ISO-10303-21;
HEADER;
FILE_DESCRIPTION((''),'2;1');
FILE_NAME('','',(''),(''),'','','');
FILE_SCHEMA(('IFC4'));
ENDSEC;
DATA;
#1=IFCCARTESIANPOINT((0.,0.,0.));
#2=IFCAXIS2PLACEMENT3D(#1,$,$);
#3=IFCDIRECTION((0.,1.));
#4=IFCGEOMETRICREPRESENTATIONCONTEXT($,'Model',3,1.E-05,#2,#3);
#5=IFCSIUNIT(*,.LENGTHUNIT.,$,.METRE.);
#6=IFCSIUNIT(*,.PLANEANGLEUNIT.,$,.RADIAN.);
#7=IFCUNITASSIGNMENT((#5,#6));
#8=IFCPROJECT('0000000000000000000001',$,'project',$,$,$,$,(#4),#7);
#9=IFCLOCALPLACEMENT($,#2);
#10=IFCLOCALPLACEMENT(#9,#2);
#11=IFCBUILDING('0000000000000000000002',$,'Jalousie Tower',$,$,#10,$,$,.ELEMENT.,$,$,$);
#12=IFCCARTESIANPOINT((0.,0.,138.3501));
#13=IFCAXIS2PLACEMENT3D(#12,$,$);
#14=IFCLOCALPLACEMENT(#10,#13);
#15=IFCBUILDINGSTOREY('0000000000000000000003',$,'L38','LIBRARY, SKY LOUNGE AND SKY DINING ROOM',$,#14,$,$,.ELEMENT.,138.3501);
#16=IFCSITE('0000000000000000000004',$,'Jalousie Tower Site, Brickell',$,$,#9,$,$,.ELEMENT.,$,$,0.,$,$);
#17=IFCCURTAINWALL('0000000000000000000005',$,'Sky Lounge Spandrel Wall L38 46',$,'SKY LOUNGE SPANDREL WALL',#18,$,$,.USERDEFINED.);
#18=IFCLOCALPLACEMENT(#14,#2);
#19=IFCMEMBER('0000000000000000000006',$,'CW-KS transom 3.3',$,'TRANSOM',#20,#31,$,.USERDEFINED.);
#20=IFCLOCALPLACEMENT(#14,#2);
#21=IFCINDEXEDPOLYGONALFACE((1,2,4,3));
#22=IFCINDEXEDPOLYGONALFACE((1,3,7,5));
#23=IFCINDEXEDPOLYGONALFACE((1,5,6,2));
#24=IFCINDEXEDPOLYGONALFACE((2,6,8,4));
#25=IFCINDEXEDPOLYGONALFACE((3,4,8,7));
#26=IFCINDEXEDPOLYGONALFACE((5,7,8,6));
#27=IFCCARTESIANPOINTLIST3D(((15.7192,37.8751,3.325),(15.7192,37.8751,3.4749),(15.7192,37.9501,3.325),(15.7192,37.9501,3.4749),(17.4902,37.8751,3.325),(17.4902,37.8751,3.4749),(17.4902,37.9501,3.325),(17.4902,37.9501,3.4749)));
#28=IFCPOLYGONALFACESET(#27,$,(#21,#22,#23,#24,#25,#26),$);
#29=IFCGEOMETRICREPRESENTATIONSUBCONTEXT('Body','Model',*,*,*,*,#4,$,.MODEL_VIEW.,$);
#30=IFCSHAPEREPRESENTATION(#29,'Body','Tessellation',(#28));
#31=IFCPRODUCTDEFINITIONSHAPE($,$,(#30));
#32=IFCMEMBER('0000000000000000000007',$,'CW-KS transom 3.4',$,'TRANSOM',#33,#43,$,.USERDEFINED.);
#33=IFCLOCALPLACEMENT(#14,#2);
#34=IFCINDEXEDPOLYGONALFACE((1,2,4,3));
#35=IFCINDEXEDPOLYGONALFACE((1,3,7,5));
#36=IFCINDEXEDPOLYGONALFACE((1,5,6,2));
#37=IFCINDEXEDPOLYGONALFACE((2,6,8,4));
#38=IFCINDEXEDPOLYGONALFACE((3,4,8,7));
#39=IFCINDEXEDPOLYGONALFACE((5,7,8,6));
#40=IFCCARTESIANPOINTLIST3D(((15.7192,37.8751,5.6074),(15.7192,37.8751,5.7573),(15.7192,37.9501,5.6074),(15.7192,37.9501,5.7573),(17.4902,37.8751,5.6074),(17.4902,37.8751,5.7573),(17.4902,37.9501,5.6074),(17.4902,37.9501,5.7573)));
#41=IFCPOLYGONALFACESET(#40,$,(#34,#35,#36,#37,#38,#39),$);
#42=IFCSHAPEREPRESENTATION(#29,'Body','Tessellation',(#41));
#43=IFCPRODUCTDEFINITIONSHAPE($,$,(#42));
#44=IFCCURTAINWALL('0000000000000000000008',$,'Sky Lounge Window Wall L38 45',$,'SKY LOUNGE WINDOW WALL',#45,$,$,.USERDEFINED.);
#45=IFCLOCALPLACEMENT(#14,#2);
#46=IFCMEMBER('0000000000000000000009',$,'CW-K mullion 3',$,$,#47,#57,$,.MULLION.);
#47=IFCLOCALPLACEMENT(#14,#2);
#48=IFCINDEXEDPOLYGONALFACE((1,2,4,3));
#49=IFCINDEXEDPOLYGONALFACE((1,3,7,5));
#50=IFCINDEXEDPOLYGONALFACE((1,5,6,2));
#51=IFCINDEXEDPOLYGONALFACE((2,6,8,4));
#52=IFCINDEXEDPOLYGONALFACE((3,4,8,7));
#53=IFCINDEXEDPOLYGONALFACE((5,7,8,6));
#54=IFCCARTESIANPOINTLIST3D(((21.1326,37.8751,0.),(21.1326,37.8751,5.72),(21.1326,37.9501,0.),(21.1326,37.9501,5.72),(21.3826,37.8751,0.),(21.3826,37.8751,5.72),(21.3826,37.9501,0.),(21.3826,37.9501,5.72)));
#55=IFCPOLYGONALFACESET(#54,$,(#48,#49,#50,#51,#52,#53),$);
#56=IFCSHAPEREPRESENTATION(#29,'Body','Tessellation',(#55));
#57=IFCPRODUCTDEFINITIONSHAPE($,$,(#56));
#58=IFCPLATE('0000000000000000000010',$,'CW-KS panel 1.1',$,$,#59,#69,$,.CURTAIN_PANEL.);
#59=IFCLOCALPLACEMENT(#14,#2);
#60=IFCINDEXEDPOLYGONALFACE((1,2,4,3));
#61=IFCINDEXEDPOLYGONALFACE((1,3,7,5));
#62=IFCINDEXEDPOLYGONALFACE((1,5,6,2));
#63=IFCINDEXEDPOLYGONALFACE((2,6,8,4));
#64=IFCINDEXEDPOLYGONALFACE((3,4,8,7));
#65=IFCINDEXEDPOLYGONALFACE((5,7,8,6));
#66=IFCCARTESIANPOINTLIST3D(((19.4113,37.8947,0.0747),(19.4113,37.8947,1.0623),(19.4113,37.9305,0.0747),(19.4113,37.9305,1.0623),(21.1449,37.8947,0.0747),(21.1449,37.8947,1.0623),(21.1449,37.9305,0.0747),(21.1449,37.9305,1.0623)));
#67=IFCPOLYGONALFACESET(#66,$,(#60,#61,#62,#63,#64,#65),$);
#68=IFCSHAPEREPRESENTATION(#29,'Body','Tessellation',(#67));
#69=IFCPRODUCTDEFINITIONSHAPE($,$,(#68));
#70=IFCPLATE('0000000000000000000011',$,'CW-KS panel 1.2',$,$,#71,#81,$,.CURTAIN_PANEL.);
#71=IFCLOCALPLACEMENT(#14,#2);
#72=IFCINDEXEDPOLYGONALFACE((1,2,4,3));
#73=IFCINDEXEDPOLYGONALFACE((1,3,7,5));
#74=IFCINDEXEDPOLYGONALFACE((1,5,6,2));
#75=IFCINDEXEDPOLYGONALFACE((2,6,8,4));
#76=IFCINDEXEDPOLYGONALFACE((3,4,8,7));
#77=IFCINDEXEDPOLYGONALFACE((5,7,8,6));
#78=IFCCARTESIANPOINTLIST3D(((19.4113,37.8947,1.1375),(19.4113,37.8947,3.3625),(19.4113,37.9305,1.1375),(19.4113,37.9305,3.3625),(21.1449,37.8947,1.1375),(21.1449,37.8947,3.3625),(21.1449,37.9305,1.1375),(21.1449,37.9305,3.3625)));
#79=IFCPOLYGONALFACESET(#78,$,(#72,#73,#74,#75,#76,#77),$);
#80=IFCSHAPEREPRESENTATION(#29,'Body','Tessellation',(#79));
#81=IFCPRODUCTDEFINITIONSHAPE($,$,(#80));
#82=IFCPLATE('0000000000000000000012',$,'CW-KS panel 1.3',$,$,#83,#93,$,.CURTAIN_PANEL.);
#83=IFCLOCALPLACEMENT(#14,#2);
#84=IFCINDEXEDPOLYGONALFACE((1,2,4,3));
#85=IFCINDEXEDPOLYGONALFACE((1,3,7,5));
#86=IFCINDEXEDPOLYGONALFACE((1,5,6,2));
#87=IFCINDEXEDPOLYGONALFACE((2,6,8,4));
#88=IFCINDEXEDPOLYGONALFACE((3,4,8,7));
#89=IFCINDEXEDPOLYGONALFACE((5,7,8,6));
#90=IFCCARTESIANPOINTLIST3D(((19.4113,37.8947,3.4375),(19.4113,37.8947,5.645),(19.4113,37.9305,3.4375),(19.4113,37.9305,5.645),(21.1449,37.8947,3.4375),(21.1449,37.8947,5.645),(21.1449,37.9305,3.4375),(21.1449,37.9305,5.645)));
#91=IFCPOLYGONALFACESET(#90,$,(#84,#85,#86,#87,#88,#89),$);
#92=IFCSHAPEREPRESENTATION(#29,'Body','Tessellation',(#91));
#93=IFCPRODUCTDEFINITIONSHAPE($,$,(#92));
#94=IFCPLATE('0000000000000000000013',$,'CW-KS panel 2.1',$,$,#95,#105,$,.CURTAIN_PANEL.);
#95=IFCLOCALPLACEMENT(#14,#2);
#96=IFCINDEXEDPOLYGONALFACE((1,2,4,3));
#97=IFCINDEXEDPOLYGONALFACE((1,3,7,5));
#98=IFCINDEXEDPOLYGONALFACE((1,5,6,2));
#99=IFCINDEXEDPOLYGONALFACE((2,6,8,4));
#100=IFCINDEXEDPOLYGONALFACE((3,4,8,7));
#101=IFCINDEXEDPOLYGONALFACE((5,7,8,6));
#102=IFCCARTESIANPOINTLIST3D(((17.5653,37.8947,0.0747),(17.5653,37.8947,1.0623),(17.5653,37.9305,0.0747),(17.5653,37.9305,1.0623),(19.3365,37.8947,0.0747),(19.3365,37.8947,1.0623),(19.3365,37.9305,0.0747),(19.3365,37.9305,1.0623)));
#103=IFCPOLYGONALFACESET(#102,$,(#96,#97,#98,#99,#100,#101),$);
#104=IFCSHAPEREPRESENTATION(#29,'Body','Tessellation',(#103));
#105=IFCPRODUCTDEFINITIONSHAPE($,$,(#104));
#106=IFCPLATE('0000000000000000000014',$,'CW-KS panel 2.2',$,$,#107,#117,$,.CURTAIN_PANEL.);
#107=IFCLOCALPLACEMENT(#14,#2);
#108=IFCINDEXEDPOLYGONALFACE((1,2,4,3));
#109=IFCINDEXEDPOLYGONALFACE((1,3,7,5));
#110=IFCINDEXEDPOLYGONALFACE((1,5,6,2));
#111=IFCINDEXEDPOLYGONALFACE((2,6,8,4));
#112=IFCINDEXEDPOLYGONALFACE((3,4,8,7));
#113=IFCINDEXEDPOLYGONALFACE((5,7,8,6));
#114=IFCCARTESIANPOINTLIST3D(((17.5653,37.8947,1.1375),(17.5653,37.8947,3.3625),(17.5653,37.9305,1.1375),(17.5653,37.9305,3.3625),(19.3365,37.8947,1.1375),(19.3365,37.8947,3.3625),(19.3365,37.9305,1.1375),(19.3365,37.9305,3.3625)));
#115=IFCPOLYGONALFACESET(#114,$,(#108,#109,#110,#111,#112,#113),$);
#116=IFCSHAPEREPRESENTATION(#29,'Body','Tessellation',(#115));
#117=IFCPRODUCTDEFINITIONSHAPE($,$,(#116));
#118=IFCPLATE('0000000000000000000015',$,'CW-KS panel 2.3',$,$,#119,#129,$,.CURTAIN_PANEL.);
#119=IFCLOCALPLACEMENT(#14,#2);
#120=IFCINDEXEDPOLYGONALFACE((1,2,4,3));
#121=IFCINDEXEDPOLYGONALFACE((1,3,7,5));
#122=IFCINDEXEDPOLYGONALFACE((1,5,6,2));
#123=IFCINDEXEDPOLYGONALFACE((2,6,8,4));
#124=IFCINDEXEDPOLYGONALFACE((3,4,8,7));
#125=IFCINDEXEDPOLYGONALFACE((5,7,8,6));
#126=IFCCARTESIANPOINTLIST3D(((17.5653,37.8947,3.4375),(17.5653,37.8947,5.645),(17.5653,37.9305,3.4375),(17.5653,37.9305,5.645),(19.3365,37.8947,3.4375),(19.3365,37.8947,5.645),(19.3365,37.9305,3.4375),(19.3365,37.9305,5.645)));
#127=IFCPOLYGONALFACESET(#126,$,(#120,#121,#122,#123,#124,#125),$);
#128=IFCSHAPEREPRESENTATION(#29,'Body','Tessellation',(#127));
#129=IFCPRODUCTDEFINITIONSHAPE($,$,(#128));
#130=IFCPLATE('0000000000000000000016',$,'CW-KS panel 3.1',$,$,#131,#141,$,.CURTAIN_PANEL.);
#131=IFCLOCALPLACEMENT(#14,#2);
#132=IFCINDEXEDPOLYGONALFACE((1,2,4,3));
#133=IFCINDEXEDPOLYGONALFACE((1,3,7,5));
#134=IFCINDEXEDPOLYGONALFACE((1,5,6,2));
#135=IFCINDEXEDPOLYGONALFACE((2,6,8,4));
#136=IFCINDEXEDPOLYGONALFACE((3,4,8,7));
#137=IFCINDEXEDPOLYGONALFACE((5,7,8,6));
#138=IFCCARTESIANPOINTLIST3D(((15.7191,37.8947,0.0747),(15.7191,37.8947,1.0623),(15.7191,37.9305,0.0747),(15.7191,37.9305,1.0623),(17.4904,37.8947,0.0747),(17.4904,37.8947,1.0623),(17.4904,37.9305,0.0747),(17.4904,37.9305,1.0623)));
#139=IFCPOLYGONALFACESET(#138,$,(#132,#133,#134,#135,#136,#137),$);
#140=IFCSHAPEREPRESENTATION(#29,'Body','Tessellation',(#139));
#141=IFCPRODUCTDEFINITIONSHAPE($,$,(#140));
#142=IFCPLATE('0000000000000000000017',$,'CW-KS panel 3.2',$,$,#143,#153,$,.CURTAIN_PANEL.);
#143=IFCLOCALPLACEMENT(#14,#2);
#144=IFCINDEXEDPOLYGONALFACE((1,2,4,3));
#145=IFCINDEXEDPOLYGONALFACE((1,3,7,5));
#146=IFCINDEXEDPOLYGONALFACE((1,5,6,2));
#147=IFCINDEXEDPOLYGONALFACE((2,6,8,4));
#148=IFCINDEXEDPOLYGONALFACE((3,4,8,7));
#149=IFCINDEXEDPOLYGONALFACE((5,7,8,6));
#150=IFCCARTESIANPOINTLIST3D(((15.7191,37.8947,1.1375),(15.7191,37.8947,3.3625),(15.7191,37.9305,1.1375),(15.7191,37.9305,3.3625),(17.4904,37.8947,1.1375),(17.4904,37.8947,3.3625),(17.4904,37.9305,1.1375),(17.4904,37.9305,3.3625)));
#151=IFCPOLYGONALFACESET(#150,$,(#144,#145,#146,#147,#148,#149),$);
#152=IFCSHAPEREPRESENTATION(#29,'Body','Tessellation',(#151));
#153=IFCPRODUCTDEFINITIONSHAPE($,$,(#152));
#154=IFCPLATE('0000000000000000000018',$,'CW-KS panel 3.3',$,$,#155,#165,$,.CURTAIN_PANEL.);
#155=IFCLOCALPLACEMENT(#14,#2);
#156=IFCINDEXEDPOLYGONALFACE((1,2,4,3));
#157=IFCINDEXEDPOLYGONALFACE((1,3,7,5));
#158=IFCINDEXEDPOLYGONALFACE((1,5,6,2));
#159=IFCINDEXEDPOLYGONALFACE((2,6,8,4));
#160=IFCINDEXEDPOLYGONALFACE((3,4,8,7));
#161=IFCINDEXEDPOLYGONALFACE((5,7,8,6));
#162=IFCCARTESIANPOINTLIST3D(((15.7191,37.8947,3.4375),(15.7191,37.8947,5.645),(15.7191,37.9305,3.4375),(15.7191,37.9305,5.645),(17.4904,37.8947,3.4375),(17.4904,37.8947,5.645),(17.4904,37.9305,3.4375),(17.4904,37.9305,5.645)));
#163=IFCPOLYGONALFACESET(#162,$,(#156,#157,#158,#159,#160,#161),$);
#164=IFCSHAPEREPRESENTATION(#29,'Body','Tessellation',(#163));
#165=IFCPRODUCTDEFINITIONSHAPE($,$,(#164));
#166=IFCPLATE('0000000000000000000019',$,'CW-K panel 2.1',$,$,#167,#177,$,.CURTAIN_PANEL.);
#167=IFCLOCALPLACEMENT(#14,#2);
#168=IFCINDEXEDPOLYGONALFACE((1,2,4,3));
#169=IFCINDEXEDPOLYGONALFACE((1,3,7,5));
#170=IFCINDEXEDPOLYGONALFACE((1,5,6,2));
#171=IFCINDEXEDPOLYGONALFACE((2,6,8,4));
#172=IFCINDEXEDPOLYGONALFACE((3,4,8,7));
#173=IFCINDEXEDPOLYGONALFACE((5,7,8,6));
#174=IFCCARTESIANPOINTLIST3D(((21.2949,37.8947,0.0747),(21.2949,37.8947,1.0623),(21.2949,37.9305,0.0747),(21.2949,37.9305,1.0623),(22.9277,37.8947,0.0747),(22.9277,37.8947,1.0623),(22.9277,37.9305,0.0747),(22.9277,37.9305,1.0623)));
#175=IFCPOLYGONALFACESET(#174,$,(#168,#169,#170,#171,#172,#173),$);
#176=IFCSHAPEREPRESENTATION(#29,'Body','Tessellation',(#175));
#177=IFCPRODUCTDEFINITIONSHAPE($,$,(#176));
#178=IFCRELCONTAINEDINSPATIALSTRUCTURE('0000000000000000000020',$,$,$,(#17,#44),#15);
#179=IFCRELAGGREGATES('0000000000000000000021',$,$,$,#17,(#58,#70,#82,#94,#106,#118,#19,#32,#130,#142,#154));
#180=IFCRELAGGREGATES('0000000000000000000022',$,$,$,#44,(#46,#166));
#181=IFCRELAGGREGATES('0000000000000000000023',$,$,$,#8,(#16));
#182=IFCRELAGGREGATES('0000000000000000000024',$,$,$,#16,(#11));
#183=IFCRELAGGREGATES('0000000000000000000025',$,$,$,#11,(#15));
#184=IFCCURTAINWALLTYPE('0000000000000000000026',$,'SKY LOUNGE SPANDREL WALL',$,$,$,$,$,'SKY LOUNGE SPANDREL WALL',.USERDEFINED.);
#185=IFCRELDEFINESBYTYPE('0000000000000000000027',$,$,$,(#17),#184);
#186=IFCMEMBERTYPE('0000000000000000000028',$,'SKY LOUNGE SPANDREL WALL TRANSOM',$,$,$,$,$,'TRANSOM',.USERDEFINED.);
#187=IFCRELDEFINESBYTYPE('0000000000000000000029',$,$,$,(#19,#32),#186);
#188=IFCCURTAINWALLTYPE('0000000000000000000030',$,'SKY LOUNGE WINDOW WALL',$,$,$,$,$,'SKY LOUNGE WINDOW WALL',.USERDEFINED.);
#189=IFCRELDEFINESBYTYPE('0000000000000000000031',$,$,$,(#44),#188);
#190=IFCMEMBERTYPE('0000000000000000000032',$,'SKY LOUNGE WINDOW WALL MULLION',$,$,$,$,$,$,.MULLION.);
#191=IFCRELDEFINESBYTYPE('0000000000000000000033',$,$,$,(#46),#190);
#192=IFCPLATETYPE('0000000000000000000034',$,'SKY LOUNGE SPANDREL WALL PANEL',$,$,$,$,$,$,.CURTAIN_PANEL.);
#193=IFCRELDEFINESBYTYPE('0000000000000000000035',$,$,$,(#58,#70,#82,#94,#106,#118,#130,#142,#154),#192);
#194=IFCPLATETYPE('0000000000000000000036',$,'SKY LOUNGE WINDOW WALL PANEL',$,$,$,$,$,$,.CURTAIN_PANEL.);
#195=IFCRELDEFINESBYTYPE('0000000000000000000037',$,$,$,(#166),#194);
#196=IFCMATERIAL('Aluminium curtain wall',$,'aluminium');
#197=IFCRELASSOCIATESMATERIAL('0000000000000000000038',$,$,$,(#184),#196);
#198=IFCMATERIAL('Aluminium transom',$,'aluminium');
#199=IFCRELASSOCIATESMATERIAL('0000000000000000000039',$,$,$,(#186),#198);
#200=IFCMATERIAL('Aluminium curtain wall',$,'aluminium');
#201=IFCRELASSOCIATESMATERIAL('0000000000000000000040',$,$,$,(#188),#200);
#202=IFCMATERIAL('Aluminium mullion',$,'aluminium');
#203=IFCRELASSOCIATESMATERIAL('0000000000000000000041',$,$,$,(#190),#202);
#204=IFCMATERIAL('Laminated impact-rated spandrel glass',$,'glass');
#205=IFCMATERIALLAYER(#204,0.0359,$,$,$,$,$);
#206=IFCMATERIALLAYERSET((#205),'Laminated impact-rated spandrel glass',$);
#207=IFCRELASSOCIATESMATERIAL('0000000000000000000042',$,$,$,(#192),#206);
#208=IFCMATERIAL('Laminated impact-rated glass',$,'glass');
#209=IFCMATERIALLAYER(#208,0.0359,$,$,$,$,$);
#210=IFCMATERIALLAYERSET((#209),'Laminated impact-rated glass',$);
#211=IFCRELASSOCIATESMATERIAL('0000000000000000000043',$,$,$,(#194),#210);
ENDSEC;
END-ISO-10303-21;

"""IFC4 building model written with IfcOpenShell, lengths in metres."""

from ifc_helpers import new_model, si_unit, direction, frame, origin, origin_2d, place, context, subcontext, project, spatial, rectangle, extrude, material, layer, layer_set, material_profile, profile_set, type_object, element, aggregate, save


model = new_model("IFC4")

# Units and contexts
model_context = context("Model", 3, precision=1e-05, world=origin(), true_north=direction((0.0, 1.0)))
body_context = subcontext(model_context, "Body", "Model", "MODEL_VIEW")
ifc_project = project(units=[si_unit("LENGTHUNIT", "METRE"), si_unit("PLANEANGLEUNIT", "RADIAN")], contexts=[model_context])

# Site, building, storey
site_placement = place(None, origin())
site = spatial("IfcSite", under=ifc_project, at=site_placement, Name="Jalousie Tower Site, Brickell", CompositionType="ELEMENT", RefElevation=0.0)
building_placement = place(site_placement, origin())
building = spatial("IfcBuilding", under=site, at=building_placement, Name="Jalousie Tower", CompositionType="ELEMENT")
storey_placement = place(building_placement, frame((0.0, 0.0, 138.3501)))
storey = spatial("IfcBuildingStorey", under=building, at=storey_placement, Name="L38", Description="LIBRARY, SKY LOUNGE AND SKY DINING ROOM", CompositionType="ELEMENT", Elevation=138.3501)

# Curtain wall, members
ifc_material_1 = material(Name="Aluminium curtain wall", Category="aluminium")
curtain_wall_type_1 = type_object("IfcCurtainWallType", Name="SKY LOUNGE SPANDREL WALL", ElementType="SKY LOUNGE SPANDREL WALL", PredefinedType="USERDEFINED", material=ifc_material_1)
curtain_wall_1_placement = place(storey_placement, origin())
curtain_wall_1 = element("IfcCurtainWall", 1, at=curtain_wall_1_placement, inside=storey, type_object=curtain_wall_type_1, Name="Sky Lounge Spandrel Wall L38 46", ObjectType="SKY LOUNGE SPANDREL WALL", PredefinedType="USERDEFINED")
ifc_material_2 = material(Name="Aluminium transom", Category="aluminium")
ifc_material_profile_1 = material_profile(ifc_material_2, rectangle(XDim=0.075, YDim=0.1499, at=origin_2d()), Name="TRANSOM 75x150")
ifc_profile_set_1 = profile_set([ifc_material_profile_1], Name="Aluminium transom")
member_type_1 = type_object("IfcMemberType", Name="SKY LOUNGE SPANDREL WALL TRANSOM", ElementType="TRANSOM", PredefinedType="USERDEFINED", material=ifc_profile_set_1)
member_1_placement = place(storey_placement, frame((17.4902, 37.9126, 3.3999), z_axis=(-1.0, 0.0, 0.0), x_axis=(0.0, -1.0, 0.0)))
member_1 = element("IfcMember", 2, at=member_1_placement, type_object=member_type_1, Name="CW-KS transom 3.3", ObjectType="TRANSOM", PredefinedType="USERDEFINED", context=body_context, shape_type="SweptSolid", body=[
    extrude(rectangle(XDim=0.075, YDim=0.1499, at=origin_2d()), origin(), (0.0, 0.0, 1.0), 1.771),
])
member_2_placement = place(storey_placement, frame((17.4902, 37.9126, 5.6824), z_axis=(-1.0, 0.0, 0.0), x_axis=(0.0, -1.0, 0.0)))
member_2 = element("IfcMember", 3, at=member_2_placement, type_object=member_type_1, Name="CW-KS transom 3.4", ObjectType="TRANSOM", PredefinedType="USERDEFINED", context=body_context, shape_type="SweptSolid", body=[
    extrude(rectangle(XDim=0.075, YDim=0.1499, at=origin_2d()), origin(), (0.0, 0.0, 1.0), 1.771),
])

# Curtain wall, member
ifc_material_3 = material(Name="Aluminium curtain wall", Category="aluminium")
curtain_wall_type_2 = type_object("IfcCurtainWallType", Name="SKY LOUNGE WINDOW WALL", ElementType="SKY LOUNGE WINDOW WALL", PredefinedType="USERDEFINED", material=ifc_material_3)
curtain_wall_2_placement = place(storey_placement, origin())
curtain_wall_2 = element("IfcCurtainWall", 4, at=curtain_wall_2_placement, inside=storey, type_object=curtain_wall_type_2, Name="Sky Lounge Window Wall L38 45", ObjectType="SKY LOUNGE WINDOW WALL", PredefinedType="USERDEFINED")
ifc_material_4 = material(Name="Aluminium mullion", Category="aluminium")
ifc_material_profile_2 = material_profile(ifc_material_4, rectangle(XDim=0.075, YDim=0.25, at=origin_2d()), Name="MULLION 75x250")
ifc_profile_set_2 = profile_set([ifc_material_profile_2], Name="Aluminium mullion")
member_type_2 = type_object("IfcMemberType", Name="SKY LOUNGE WINDOW WALL MULLION", PredefinedType="MULLION", material=ifc_profile_set_2)
member_3_placement = place(storey_placement, frame((21.2576, 37.9126, 0.0), z_axis=(0.0, 0.0, 1.0), x_axis=(0.0, -1.0, 0.0)))
member_3 = element("IfcMember", 5, at=member_3_placement, type_object=member_type_2, Name="CW-K mullion 3", PredefinedType="MULLION", context=body_context, shape_type="SweptSolid", body=[
    extrude(rectangle(XDim=0.075, YDim=0.25, at=origin_2d()), origin(), (0.0, 0.0, 1.0), 5.72),
])

# Plates
ifc_material_5 = material(Name="Laminated impact-rated spandrel glass", Category="glass")
ifc_layer_1 = layer(ifc_material_5, 0.0359)
ifc_layer_set_1 = layer_set([ifc_layer_1], Name="Laminated impact-rated spandrel glass")
plate_type_1 = type_object("IfcPlateType", Name="SKY LOUNGE SPANDREL WALL PANEL", PredefinedType="CURTAIN_PANEL", material=ifc_layer_set_1)
plate_1_placement = place(storey_placement, frame((20.2781, 37.9126, 0.0747), z_axis=(0.0, 0.0, 1.0), x_axis=(-1.0, 0.0, 0.0)))
plate_1 = element("IfcPlate", 6, at=plate_1_placement, type_object=plate_type_1, Name="CW-KS panel 1.1", PredefinedType="CURTAIN_PANEL", context=body_context, shape_type="SweptSolid", body=[
    extrude(rectangle(XDim=1.7336, YDim=0.0359, at=origin_2d()), origin(), (0.0, 0.0, 1.0), 0.9875),
])
plate_2_placement = place(storey_placement, frame((20.2781, 37.9126, 1.1375), z_axis=(0.0, 0.0, 1.0), x_axis=(-1.0, 0.0, 0.0)))
plate_2 = element("IfcPlate", 7, at=plate_2_placement, type_object=plate_type_1, Name="CW-KS panel 1.2", PredefinedType="CURTAIN_PANEL", context=body_context, shape_type="SweptSolid", body=[
    extrude(rectangle(XDim=1.7336, YDim=0.0359, at=origin_2d()), origin(), (0.0, 0.0, 1.0), 2.2251),
])
plate_3_placement = place(storey_placement, frame((20.2781, 37.9126, 3.4375), z_axis=(0.0, 0.0, 1.0), x_axis=(-1.0, 0.0, 0.0)))
plate_3 = element("IfcPlate", 8, at=plate_3_placement, type_object=plate_type_1, Name="CW-KS panel 1.3", PredefinedType="CURTAIN_PANEL", context=body_context, shape_type="SweptSolid", body=[
    extrude(rectangle(XDim=1.7336, YDim=0.0359, at=origin_2d()), origin(), (0.0, 0.0, 1.0), 2.2075),
])
plate_4_placement = place(storey_placement, frame((18.4509, 37.9126, 0.0747), z_axis=(0.0, 0.0, 1.0), x_axis=(-1.0, 0.0, 0.0)))
plate_4 = element("IfcPlate", 9, at=plate_4_placement, type_object=plate_type_1, Name="CW-KS panel 2.1", PredefinedType="CURTAIN_PANEL", context=body_context, shape_type="SweptSolid", body=[
    extrude(rectangle(XDim=1.7712, YDim=0.0359, at=origin_2d()), origin(), (0.0, 0.0, 1.0), 0.9875),
])
plate_5_placement = place(storey_placement, frame((18.4509, 37.9126, 1.1375), z_axis=(0.0, 0.0, 1.0), x_axis=(-1.0, 0.0, 0.0)))
plate_5 = element("IfcPlate", 10, at=plate_5_placement, type_object=plate_type_1, Name="CW-KS panel 2.2", PredefinedType="CURTAIN_PANEL", context=body_context, shape_type="SweptSolid", body=[
    extrude(rectangle(XDim=1.7712, YDim=0.0359, at=origin_2d()), origin(), (0.0, 0.0, 1.0), 2.2251),
])
plate_6_placement = place(storey_placement, frame((18.4509, 37.9126, 3.4375), z_axis=(0.0, 0.0, 1.0), x_axis=(-1.0, 0.0, 0.0)))
plate_6 = element("IfcPlate", 11, at=plate_6_placement, type_object=plate_type_1, Name="CW-KS panel 2.3", PredefinedType="CURTAIN_PANEL", context=body_context, shape_type="SweptSolid", body=[
    extrude(rectangle(XDim=1.7712, YDim=0.0359, at=origin_2d()), origin(), (0.0, 0.0, 1.0), 2.2075),
])
plate_7_placement = place(storey_placement, frame((16.6047, 37.9126, 0.0747), z_axis=(0.0, 0.0, 1.0), x_axis=(-1.0, 0.0, 0.0)))
plate_7 = element("IfcPlate", 12, at=plate_7_placement, type_object=plate_type_1, Name="CW-KS panel 3.1", PredefinedType="CURTAIN_PANEL", context=body_context, shape_type="SweptSolid", body=[
    extrude(rectangle(XDim=1.7712, YDim=0.0359, at=origin_2d()), origin(), (0.0, 0.0, 1.0), 0.9875),
])
plate_8_placement = place(storey_placement, frame((16.6047, 37.9126, 1.1375), z_axis=(0.0, 0.0, 1.0), x_axis=(-1.0, 0.0, 0.0)))
plate_8 = element("IfcPlate", 13, at=plate_8_placement, type_object=plate_type_1, Name="CW-KS panel 3.2", PredefinedType="CURTAIN_PANEL", context=body_context, shape_type="SweptSolid", body=[
    extrude(rectangle(XDim=1.7712, YDim=0.0359, at=origin_2d()), origin(), (0.0, 0.0, 1.0), 2.2251),
])
plate_9_placement = place(storey_placement, frame((16.6047, 37.9126, 3.4375), z_axis=(0.0, 0.0, 1.0), x_axis=(-1.0, 0.0, 0.0)))
plate_9 = element("IfcPlate", 14, at=plate_9_placement, type_object=plate_type_1, Name="CW-KS panel 3.3", PredefinedType="CURTAIN_PANEL", context=body_context, shape_type="SweptSolid", body=[
    extrude(rectangle(XDim=1.7712, YDim=0.0359, at=origin_2d()), origin(), (0.0, 0.0, 1.0), 2.2075),
])
aggregate(curtain_wall_1, [plate_1, plate_2, plate_3, plate_4, plate_5, plate_6, member_1, member_2, plate_7, plate_8, plate_9])
ifc_material_6 = material(Name="Laminated impact-rated glass", Category="glass")
ifc_layer_2 = layer(ifc_material_6, 0.0359)
ifc_layer_set_2 = layer_set([ifc_layer_2], Name="Laminated impact-rated glass")
plate_type_2 = type_object("IfcPlateType", Name="SKY LOUNGE WINDOW WALL PANEL", PredefinedType="CURTAIN_PANEL", material=ifc_layer_set_2)
plate_10_placement = place(storey_placement, frame((22.1113, 37.9126, 0.0747), z_axis=(0.0, 0.0, 1.0), x_axis=(-1.0, 0.0, 0.0)))
plate_10 = element("IfcPlate", 15, at=plate_10_placement, type_object=plate_type_2, Name="CW-K panel 2.1", PredefinedType="CURTAIN_PANEL", context=body_context, shape_type="SweptSolid", body=[
    extrude(rectangle(XDim=1.6328, YDim=0.0359, at=origin_2d()), origin(), (0.0, 0.0, 1.0), 0.9875),
])
aggregate(curtain_wall_2, [member_3, plate_10])

save(model, "model.ifc")
